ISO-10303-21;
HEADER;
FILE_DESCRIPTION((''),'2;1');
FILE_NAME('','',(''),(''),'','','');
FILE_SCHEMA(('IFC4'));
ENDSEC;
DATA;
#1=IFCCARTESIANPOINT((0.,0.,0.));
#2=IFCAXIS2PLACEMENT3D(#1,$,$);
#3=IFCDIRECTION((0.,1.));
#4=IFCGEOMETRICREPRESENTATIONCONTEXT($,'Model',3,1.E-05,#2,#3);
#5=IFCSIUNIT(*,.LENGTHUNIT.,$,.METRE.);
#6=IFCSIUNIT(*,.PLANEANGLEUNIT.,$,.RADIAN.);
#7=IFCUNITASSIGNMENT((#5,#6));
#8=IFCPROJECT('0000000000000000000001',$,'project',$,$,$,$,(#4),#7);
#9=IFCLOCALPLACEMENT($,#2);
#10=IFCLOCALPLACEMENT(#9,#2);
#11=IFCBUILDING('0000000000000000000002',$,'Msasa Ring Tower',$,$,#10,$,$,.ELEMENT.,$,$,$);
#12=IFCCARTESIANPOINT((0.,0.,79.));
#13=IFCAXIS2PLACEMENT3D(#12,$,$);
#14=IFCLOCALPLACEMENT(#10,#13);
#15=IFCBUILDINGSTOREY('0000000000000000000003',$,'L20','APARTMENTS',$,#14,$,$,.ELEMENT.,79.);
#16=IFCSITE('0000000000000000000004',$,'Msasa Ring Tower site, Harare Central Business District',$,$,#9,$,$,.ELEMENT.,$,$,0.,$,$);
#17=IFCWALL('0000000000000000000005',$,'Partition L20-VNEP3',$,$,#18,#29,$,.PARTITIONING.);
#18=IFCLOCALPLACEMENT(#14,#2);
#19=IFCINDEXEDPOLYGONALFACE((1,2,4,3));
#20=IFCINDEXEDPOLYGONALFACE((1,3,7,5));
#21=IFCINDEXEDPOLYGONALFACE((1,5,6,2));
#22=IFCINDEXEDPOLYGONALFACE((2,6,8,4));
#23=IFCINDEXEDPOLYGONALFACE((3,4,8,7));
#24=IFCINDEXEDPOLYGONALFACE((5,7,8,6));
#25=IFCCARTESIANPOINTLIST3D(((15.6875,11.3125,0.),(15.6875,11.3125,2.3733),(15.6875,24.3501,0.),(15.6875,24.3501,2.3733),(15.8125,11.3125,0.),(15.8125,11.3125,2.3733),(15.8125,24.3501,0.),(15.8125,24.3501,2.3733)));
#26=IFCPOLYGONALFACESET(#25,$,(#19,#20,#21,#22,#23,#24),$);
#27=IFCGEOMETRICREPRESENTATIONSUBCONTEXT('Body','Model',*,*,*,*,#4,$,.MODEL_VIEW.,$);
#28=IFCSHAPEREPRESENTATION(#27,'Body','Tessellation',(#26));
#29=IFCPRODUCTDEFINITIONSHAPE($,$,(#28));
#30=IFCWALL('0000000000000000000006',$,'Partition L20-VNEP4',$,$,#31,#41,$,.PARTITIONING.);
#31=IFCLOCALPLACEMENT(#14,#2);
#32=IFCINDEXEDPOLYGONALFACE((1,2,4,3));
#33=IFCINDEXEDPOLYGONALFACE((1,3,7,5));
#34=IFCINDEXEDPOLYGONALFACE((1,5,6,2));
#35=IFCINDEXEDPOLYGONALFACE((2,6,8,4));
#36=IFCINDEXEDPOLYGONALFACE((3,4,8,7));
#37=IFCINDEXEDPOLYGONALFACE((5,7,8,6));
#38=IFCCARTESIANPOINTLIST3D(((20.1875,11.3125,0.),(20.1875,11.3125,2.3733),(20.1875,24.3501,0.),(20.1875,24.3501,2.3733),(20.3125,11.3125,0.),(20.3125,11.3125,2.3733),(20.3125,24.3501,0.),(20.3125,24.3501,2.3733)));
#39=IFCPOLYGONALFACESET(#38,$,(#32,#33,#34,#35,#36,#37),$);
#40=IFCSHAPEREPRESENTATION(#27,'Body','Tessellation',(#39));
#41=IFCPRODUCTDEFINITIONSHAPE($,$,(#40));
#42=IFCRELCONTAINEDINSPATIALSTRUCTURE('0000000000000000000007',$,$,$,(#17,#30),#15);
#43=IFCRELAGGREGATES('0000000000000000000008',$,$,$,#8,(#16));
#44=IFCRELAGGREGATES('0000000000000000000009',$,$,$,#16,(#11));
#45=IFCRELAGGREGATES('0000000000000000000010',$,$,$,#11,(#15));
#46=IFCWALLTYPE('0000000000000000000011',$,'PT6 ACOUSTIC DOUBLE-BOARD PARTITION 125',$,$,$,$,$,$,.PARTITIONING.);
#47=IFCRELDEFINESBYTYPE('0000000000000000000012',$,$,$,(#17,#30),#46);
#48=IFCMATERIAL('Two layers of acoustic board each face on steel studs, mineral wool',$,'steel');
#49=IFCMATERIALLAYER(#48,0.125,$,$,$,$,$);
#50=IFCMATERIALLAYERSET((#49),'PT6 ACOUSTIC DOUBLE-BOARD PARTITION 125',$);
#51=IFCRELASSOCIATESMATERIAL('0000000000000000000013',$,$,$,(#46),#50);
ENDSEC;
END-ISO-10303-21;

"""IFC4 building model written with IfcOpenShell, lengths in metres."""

from ifc_helpers import new_model, si_unit, direction, frame, frame_2d, origin, place, context, subcontext, project, spatial, rectangle, extrude, material, layer, layer_set, type_object, element, save


model = new_model("IFC4")

# Units and contexts
model_context = context("Model", 3, precision=1e-05, world=origin(), true_north=direction((0.0, 1.0)))
body_context = subcontext(model_context, "Body", "Model", "MODEL_VIEW")
ifc_project = project(units=[si_unit("LENGTHUNIT", "METRE"), si_unit("PLANEANGLEUNIT", "RADIAN")], contexts=[model_context])

# Site, building, storey
site_placement = place(None, origin())
site = spatial("IfcSite", under=ifc_project, at=site_placement, Name="Msasa Ring Tower site, Harare Central Business District", CompositionType="ELEMENT", RefElevation=0.0)
building_placement = place(site_placement, origin())
building = spatial("IfcBuilding", under=site, at=building_placement, Name="Msasa Ring Tower", CompositionType="ELEMENT")
storey_placement = place(building_placement, frame((0.0, 0.0, 79.0)))
storey = spatial("IfcBuildingStorey", under=building, at=storey_placement, Name="L20", Description="APARTMENTS", CompositionType="ELEMENT", Elevation=79.0)

# Walls
ifc_material_1 = material(Name="Two layers of acoustic board each face on steel studs, mineral wool", Category="steel")
ifc_layer_1 = layer(ifc_material_1, 0.125)
ifc_layer_set_1 = layer_set([ifc_layer_1], Name="PT6 ACOUSTIC DOUBLE-BOARD PARTITION 125")
wall_type_1 = type_object("IfcWallType", Name="PT6 ACOUSTIC DOUBLE-BOARD PARTITION 125", PredefinedType="PARTITIONING", material=ifc_layer_set_1)
for number, where, z_axis, x_axis, name in (
    (1, (15.75, 11.3125, 0.0), (0.0, 0.0, 1.0), (0.0, 1.0, 0.0), "Partition L20-VNEP3"),
    (2, (20.25, 11.3125, 0.0), (0.0, 0.0, 1.0), (0.0, 1.0, 0.0), "Partition L20-VNEP4"),
):
    element("IfcWall", number, at=place(storey_placement, frame(where, z_axis=z_axis, x_axis=x_axis)), inside=storey, type_object=wall_type_1, Name=name, PredefinedType="PARTITIONING", context=body_context, shape_type="SweptSolid", body=[
        extrude(rectangle(XDim=13.0376, YDim=0.125, at=frame_2d((6.5188, 0.0))), origin(), (0.0, 0.0, 1.0), 2.3733),
    ])

save(model, "model.ifc")
